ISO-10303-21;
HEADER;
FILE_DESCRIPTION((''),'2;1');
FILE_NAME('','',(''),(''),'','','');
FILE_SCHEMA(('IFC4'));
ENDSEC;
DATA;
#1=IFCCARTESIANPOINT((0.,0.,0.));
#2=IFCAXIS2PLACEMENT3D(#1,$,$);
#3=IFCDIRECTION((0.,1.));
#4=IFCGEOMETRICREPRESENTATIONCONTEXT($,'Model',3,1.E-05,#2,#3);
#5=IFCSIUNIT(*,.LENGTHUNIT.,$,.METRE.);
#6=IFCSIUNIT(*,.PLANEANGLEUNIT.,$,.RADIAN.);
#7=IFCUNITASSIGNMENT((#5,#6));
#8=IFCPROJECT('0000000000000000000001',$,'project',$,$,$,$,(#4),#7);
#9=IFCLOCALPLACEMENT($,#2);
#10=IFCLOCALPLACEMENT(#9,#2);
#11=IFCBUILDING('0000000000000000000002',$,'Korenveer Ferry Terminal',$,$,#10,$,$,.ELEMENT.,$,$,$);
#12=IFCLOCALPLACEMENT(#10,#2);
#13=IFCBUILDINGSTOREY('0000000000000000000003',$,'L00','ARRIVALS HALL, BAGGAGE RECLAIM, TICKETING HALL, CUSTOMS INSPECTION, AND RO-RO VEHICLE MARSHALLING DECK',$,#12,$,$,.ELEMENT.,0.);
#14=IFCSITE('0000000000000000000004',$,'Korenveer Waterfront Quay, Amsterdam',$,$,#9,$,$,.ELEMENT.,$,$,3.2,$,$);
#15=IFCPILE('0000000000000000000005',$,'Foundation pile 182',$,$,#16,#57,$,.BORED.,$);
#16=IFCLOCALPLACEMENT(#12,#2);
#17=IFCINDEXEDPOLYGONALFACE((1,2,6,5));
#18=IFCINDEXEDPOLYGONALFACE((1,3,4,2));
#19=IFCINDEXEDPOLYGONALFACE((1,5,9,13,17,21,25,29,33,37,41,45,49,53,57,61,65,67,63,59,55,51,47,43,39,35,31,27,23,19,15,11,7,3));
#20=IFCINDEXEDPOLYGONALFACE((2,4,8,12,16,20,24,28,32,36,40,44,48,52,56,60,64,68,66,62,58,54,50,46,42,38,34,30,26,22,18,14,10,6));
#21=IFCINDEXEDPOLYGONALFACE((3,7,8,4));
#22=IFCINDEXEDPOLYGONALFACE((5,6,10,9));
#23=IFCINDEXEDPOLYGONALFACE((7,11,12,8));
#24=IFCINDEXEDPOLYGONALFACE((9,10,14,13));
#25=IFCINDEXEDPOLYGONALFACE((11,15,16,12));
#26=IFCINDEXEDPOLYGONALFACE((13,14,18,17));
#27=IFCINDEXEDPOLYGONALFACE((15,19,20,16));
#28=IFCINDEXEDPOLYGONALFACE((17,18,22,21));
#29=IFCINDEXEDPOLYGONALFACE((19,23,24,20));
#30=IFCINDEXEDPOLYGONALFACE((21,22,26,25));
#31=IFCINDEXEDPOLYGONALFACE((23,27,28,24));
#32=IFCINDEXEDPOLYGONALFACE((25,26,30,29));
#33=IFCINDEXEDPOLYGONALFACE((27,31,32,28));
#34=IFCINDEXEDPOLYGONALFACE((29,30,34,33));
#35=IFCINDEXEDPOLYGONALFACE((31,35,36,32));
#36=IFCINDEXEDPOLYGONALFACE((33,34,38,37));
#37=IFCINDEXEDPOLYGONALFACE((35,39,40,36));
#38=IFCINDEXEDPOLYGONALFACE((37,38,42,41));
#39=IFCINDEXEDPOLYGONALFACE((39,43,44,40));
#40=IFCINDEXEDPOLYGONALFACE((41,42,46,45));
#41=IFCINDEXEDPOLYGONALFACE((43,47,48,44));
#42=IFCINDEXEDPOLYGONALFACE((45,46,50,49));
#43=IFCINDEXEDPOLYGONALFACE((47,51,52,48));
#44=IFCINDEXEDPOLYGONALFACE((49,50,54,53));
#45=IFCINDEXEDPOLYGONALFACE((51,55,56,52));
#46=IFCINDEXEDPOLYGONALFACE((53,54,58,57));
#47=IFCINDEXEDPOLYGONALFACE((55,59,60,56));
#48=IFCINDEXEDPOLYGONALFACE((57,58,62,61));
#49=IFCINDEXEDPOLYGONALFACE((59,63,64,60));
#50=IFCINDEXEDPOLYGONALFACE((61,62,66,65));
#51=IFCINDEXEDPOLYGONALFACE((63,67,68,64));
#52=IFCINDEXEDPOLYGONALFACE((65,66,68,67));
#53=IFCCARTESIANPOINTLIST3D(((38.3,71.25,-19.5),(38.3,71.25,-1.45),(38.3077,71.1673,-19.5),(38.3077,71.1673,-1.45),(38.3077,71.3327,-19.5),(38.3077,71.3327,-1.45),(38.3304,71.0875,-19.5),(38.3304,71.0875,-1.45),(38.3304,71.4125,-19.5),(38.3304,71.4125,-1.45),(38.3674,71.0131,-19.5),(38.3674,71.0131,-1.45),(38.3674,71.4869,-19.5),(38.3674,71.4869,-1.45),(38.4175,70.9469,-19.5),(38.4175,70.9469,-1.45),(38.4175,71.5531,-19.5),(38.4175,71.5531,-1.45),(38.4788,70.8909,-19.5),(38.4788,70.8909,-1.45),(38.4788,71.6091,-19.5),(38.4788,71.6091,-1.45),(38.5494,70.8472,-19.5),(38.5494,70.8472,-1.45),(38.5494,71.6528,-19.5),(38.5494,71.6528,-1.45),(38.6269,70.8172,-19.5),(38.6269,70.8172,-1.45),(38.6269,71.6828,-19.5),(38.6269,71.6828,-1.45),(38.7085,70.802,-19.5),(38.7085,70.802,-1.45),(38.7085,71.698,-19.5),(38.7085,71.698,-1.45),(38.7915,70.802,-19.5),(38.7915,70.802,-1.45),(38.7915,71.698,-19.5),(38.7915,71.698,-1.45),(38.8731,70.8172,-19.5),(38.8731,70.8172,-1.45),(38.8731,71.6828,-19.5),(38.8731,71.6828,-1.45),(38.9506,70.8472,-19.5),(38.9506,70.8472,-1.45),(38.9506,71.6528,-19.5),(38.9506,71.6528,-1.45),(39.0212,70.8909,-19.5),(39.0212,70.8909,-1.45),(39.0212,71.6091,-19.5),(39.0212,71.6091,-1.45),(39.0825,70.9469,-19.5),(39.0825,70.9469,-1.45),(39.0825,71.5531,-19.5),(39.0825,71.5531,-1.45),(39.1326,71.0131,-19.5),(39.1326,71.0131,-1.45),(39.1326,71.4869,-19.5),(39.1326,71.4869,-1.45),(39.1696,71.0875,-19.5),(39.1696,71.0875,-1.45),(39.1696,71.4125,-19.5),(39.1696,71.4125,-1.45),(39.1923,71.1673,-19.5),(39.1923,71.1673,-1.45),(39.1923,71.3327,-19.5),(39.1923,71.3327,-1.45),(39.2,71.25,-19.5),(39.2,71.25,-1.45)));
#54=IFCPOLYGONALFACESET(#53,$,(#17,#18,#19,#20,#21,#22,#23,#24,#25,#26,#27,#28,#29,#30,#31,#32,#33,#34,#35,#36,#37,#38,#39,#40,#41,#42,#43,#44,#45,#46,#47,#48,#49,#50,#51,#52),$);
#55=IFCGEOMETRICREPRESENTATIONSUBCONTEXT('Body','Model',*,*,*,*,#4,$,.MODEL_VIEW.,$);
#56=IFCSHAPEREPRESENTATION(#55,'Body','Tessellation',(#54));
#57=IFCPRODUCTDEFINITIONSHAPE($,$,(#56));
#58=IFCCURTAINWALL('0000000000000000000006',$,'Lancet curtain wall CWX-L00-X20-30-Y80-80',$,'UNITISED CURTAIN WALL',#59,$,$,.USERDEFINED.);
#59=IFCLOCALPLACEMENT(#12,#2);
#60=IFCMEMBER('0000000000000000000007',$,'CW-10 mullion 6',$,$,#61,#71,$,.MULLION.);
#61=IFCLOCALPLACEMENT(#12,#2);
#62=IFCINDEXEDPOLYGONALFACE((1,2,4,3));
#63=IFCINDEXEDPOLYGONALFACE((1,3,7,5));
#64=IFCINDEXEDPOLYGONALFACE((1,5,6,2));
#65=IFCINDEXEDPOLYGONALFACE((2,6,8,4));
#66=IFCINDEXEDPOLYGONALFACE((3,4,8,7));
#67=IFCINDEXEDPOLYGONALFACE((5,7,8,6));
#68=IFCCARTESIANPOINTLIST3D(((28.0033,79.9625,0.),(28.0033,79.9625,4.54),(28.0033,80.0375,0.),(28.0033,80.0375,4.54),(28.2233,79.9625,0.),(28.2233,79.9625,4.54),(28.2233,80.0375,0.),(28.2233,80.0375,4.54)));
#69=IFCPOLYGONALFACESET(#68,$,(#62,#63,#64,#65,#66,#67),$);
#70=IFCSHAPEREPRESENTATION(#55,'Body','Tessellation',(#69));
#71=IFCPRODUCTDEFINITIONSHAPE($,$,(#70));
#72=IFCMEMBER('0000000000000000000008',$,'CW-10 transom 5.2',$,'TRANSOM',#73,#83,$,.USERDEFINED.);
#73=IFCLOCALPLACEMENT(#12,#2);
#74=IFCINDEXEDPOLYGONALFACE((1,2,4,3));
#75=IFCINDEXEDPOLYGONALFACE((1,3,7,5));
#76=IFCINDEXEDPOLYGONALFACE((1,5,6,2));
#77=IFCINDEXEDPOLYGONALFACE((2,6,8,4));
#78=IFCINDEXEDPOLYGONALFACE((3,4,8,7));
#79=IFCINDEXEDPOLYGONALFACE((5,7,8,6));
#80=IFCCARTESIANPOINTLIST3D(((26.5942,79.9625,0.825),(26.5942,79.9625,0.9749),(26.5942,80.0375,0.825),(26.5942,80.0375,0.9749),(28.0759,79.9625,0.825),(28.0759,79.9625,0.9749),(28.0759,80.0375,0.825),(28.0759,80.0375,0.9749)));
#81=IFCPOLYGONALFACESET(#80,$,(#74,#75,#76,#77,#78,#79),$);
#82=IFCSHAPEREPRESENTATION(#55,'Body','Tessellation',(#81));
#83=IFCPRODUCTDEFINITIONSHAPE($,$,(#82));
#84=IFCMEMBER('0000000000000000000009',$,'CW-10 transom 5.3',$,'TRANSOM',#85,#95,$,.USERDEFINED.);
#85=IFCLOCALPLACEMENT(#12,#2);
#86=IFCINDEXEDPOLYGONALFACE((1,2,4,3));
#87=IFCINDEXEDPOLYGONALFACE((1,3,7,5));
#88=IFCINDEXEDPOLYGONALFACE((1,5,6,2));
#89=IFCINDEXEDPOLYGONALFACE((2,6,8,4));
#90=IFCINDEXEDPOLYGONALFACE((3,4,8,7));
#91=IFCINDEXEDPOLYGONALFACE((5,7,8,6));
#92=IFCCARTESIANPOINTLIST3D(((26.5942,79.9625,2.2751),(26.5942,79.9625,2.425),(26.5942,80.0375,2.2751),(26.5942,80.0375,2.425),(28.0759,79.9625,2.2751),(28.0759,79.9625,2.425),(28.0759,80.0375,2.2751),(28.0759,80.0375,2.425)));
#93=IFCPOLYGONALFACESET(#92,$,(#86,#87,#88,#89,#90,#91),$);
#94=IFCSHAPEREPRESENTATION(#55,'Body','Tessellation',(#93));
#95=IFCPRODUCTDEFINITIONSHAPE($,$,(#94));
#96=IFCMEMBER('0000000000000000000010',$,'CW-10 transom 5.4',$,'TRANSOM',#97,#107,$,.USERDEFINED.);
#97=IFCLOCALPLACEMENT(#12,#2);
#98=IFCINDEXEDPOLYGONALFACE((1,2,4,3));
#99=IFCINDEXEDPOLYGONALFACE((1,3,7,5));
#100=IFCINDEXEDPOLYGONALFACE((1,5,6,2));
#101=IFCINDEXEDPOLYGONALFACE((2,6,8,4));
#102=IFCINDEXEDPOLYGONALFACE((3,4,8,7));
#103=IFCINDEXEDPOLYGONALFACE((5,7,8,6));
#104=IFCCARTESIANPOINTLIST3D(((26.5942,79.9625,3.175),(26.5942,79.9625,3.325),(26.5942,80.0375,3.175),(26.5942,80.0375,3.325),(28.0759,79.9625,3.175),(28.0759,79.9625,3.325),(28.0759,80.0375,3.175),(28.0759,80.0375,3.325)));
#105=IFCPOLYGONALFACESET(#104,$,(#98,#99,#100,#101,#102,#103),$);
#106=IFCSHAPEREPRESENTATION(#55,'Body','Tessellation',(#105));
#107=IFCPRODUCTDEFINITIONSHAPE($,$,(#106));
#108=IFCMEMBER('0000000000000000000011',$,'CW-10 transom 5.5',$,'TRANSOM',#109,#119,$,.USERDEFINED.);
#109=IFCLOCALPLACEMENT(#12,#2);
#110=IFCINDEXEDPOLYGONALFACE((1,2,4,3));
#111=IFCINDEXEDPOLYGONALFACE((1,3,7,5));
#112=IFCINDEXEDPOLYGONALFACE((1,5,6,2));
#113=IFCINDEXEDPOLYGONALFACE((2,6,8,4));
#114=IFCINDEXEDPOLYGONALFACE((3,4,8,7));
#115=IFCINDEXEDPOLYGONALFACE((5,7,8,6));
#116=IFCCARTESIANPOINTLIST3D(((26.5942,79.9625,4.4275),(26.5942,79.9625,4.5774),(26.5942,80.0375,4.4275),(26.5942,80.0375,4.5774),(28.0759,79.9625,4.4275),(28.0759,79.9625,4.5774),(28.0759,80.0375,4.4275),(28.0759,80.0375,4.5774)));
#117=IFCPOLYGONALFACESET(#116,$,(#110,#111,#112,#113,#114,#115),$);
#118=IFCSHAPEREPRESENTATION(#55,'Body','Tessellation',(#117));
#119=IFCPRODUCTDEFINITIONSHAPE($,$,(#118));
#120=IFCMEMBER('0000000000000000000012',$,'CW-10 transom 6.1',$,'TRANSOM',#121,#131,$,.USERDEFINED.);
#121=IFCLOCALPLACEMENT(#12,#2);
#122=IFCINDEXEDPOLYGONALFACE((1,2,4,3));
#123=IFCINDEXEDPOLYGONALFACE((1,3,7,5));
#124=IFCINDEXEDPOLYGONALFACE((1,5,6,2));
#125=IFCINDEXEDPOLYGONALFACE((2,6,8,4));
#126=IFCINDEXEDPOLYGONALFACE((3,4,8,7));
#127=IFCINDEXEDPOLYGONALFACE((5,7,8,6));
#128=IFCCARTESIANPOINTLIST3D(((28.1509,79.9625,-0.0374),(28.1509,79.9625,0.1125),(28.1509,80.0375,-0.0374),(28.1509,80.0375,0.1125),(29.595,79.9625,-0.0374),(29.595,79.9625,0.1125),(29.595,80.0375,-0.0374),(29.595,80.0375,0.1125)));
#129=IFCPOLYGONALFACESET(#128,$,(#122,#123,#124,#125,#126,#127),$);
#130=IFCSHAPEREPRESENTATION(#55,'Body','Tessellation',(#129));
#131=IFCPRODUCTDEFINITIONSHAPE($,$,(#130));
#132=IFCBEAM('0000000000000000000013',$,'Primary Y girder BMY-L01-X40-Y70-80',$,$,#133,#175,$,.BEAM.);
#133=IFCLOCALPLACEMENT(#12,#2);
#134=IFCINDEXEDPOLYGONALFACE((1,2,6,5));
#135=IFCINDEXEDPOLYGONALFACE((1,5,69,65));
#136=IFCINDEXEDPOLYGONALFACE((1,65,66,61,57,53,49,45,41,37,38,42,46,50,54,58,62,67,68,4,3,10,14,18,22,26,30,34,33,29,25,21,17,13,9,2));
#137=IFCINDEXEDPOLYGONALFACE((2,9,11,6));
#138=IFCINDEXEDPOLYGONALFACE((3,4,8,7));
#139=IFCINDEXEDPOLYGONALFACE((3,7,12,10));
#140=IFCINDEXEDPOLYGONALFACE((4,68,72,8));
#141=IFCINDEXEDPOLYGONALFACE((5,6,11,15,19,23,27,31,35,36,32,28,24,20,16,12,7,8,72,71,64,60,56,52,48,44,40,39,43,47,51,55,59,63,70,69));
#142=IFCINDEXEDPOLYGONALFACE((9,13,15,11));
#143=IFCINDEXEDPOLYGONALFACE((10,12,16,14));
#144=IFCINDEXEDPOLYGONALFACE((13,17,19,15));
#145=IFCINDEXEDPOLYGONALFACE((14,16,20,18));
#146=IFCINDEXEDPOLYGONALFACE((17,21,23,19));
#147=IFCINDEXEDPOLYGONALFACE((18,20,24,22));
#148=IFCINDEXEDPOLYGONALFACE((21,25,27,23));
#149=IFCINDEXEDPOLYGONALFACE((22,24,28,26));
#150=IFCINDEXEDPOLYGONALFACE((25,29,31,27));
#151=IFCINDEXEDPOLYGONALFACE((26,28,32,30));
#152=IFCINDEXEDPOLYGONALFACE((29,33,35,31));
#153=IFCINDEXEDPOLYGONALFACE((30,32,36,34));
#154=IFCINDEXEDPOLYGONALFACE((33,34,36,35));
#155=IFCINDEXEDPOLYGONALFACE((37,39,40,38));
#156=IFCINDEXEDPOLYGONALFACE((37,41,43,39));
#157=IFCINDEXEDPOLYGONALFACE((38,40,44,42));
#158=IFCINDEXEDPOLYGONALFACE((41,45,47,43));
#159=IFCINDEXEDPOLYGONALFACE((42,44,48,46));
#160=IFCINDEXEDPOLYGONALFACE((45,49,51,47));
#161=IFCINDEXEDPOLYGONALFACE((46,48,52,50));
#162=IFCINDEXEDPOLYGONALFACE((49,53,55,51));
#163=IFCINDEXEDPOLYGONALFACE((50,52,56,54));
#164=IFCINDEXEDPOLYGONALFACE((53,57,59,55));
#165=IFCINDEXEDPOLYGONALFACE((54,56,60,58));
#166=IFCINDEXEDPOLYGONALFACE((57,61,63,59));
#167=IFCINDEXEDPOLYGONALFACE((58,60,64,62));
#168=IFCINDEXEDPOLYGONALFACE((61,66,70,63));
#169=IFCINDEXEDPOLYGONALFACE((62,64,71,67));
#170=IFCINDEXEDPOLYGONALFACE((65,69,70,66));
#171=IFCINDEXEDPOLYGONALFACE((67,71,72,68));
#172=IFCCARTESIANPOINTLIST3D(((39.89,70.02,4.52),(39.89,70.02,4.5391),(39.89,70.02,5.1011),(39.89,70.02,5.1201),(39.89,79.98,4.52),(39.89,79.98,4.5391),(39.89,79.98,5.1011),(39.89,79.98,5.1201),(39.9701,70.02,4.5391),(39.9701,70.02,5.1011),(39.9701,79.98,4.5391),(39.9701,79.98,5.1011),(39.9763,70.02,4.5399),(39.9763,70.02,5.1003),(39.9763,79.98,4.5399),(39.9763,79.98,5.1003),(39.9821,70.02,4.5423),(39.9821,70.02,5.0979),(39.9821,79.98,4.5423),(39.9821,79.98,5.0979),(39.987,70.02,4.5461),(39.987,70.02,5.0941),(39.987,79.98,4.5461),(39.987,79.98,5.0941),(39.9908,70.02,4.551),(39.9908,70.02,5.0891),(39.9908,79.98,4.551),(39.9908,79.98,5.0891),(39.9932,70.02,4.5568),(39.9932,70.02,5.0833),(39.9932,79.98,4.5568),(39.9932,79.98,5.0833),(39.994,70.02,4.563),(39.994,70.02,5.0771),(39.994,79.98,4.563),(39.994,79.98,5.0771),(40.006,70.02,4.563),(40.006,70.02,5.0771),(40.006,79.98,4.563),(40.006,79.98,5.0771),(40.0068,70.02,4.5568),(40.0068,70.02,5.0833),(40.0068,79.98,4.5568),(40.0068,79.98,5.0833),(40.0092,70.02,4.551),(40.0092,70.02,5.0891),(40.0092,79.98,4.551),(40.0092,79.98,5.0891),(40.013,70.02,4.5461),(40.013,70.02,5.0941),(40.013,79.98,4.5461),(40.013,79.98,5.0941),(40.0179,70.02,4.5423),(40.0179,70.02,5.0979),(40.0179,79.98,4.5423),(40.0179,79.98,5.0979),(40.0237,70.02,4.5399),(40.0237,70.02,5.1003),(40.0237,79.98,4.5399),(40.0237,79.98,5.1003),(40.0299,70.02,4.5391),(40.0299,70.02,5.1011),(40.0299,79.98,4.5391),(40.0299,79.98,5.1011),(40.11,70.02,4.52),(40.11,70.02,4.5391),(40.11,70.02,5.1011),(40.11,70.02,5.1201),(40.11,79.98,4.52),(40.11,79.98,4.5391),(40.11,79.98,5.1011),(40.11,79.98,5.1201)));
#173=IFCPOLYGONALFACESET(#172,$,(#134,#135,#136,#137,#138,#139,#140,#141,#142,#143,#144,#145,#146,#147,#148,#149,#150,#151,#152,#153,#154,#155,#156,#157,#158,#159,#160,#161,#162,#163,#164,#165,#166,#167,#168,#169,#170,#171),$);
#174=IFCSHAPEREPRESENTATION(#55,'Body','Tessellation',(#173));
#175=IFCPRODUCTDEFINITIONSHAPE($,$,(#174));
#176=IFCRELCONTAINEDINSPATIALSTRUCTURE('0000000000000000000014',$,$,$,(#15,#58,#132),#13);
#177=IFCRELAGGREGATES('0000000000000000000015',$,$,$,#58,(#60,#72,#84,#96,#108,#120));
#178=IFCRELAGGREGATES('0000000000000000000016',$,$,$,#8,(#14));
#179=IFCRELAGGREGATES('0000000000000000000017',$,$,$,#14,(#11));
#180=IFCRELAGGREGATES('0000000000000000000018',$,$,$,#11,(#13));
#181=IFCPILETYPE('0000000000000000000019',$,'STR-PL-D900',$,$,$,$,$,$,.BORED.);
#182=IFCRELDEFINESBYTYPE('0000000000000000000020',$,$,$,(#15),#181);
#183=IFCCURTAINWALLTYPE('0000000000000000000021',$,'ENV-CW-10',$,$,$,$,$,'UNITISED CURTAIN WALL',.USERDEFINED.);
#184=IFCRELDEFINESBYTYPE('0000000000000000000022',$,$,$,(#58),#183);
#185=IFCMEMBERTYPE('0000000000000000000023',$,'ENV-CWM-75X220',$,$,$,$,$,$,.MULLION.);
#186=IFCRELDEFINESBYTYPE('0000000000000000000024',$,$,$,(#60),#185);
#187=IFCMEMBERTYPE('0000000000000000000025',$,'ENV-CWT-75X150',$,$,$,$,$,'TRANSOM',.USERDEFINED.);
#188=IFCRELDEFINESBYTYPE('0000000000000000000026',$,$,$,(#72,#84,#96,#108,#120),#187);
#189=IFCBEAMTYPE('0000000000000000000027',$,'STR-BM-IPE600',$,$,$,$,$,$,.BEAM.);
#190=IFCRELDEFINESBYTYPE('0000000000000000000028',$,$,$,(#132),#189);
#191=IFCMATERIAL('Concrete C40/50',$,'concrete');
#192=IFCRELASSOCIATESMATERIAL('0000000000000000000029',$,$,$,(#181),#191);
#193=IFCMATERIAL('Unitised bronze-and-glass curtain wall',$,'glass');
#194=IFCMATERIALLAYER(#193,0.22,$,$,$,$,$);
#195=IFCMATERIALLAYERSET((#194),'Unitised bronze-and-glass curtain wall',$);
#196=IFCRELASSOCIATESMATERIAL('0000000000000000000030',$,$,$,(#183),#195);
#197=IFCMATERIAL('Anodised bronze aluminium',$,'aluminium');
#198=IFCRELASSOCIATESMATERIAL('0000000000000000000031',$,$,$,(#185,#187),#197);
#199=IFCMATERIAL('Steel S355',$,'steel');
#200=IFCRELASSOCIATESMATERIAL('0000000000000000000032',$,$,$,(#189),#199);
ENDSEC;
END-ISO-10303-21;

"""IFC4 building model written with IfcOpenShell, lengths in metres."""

from ifc_helpers import new_model, si_unit, direction, frame, origin, origin_2d, place, context, subcontext, project, spatial, rectangle, circle, i_section, extrude, material, layer, layer_set, material_profile, profile_set, type_object, element, aggregate, save


model = new_model("IFC4")

# Units and contexts
model_context = context("Model", 3, precision=1e-05, world=origin(), true_north=direction((0.0, 1.0)))
body_context = subcontext(model_context, "Body", "Model", "MODEL_VIEW")
ifc_project = project(units=[si_unit("LENGTHUNIT", "METRE"), si_unit("PLANEANGLEUNIT", "RADIAN")], contexts=[model_context])

# Site, building, storey
site_placement = place(None, origin())
site = spatial("IfcSite", under=ifc_project, at=site_placement, Name="Korenveer Waterfront Quay, Amsterdam", CompositionType="ELEMENT", RefElevation=3.2)
building_placement = place(site_placement, origin())
building = spatial("IfcBuilding", under=site, at=building_placement, Name="Korenveer Ferry Terminal", CompositionType="ELEMENT")
storey_placement = place(building_placement, origin())
storey = spatial("IfcBuildingStorey", under=building, at=storey_placement, Name="L00", Description="ARRIVALS HALL, BAGGAGE RECLAIM, TICKETING HALL, CUSTOMS INSPECTION, AND RO-RO VEHICLE MARSHALLING DECK", CompositionType="ELEMENT", Elevation=0.0)

# Shared definitions
ifc_material_1 = material(Name="Concrete C40/50", Category="concrete")

# Pile
ifc_material_profile_1 = material_profile(ifc_material_1, circle(Radius=0.45, at=origin_2d()), Name="PILE D900")
ifc_profile_set_1 = profile_set([ifc_material_profile_1], Name="Concrete C40/50")
pile_type = type_object("IfcPileType", Name="STR-PL-D900", PredefinedType="BORED", material=ifc_profile_set_1)
for number, where, z_axis, x_axis, name in (
    (1, (38.75, 71.25, -1.45), (0.0, 0.0, -1.0), (1.0, 0.0, 0.0), "Foundation pile 182"),
):
    element("IfcPile", number, at=place(storey_placement, frame(where, z_axis=z_axis, x_axis=x_axis)), inside=storey, type_object=pile_type, Name=name, PredefinedType="BORED", context=body_context, shape_type="SweptSolid", body=[
        extrude(circle(Radius=0.45, at=origin_2d()), origin(), (0.0, 0.0, 1.0), 18.05),
    ])

# Curtain wall, members
ifc_material_2 = material(Name="Unitised bronze-and-glass curtain wall", Category="glass")
ifc_layer_1 = layer(ifc_material_2, 0.22)
ifc_layer_set_1 = layer_set([ifc_layer_1], Name="Unitised bronze-and-glass curtain wall")
curtain_wall_type = type_object("IfcCurtainWallType", Name="ENV-CW-10", ElementType="UNITISED CURTAIN WALL", PredefinedType="USERDEFINED", material=ifc_layer_set_1)
curtain_wall_placement = place(storey_placement, frame((20.3301, 80.0, 0.0)))
curtain_wall = element("IfcCurtainWall", 2, at=curtain_wall_placement, inside=storey, type_object=curtain_wall_type, Name="Lancet curtain wall CWX-L00-X20-30-Y80-80", ObjectType="UNITISED CURTAIN WALL", PredefinedType="USERDEFINED")
ifc_material_3 = material(Name="Anodised bronze aluminium", Category="aluminium")
ifc_material_profile_2 = material_profile(ifc_material_3, rectangle(XDim=0.075, YDim=0.22, at=origin_2d()), Name="ALU 75x220")
ifc_profile_set_2 = profile_set([ifc_material_profile_2], Name="Anodised bronze aluminium")
member_type_1 = type_object("IfcMemberType", Name="ENV-CWM-75X220", PredefinedType="MULLION", material=ifc_profile_set_2)
member_1_placement = place(storey_placement, frame((28.1133, 80.0, 0.0), z_axis=(0.0, 0.0, 1.0), x_axis=(0.0, 1.0, 0.0)))
member_1 = element("IfcMember", 3, at=member_1_placement, type_object=member_type_1, Name="CW-10 mullion 6", PredefinedType="MULLION", context=body_context, shape_type="SweptSolid", body=[
    extrude(rectangle(XDim=0.075, YDim=0.22, at=origin_2d()), origin(), (0.0, 0.0, 1.0), 4.54),
])
ifc_material_profile_3 = material_profile(ifc_material_3, rectangle(XDim=0.075, YDim=0.1499, at=origin_2d()), Name="ALU 75x150")
ifc_profile_set_3 = profile_set([ifc_material_profile_3], Name="Anodised bronze aluminium")
member_type_2 = type_object("IfcMemberType", Name="ENV-CWT-75X150", ElementType="TRANSOM", PredefinedType="USERDEFINED", material=ifc_profile_set_3)
member_2_placement = place(storey_placement, frame((26.5942, 80.0, 0.8999), z_axis=(1.0, 0.0, 0.0), x_axis=(0.0, 1.0, 0.0)))
member_2 = element("IfcMember", 4, at=member_2_placement, type_object=member_type_2, Name="CW-10 transom 5.2", ObjectType="TRANSOM", PredefinedType="USERDEFINED", context=body_context, shape_type="SweptSolid", body=[
    extrude(rectangle(XDim=0.075, YDim=0.1499, at=origin_2d()), origin(), (0.0, 0.0, 1.0), 1.4817),
])
member_3_placement = place(storey_placement, frame((26.5942, 80.0, 2.3501), z_axis=(1.0, 0.0, 0.0), x_axis=(0.0, 1.0, 0.0)))
member_3 = element("IfcMember", 5, at=member_3_placement, type_object=member_type_2, Name="CW-10 transom 5.3", ObjectType="TRANSOM", PredefinedType="USERDEFINED", context=body_context, shape_type="SweptSolid", body=[
    extrude(rectangle(XDim=0.075, YDim=0.1499, at=origin_2d()), origin(), (0.0, 0.0, 1.0), 1.4817),
])
member_4_placement = place(storey_placement, frame((26.5942, 80.0, 3.25), z_axis=(1.0, 0.0, 0.0), x_axis=(0.0, 1.0, 0.0)))
member_4 = element("IfcMember", 6, at=member_4_placement, type_object=member_type_2, Name="CW-10 transom 5.4", ObjectType="TRANSOM", PredefinedType="USERDEFINED", context=body_context, shape_type="SweptSolid", body=[
    extrude(rectangle(XDim=0.075, YDim=0.1499, at=origin_2d()), origin(), (0.0, 0.0, 1.0), 1.4817),
])
member_5_placement = place(storey_placement, frame((26.5942, 80.0, 4.5024), z_axis=(1.0, 0.0, 0.0), x_axis=(0.0, 1.0, 0.0)))
member_5 = element("IfcMember", 7, at=member_5_placement, type_object=member_type_2, Name="CW-10 transom 5.5", ObjectType="TRANSOM", PredefinedType="USERDEFINED", context=body_context, shape_type="SweptSolid", body=[
    extrude(rectangle(XDim=0.075, YDim=0.1499, at=origin_2d()), origin(), (0.0, 0.0, 1.0), 1.4817),
])
member_6_placement = place(storey_placement, frame((28.1509, 80.0, 0.0376), z_axis=(1.0, 0.0, 0.0), x_axis=(0.0, 1.0, 0.0)))
member_6 = element("IfcMember", 8, at=member_6_placement, type_object=member_type_2, Name="CW-10 transom 6.1", ObjectType="TRANSOM", PredefinedType="USERDEFINED", context=body_context, shape_type="SweptSolid", body=[
    extrude(rectangle(XDim=0.075, YDim=0.1499, at=origin_2d()), origin(), (0.0, 0.0, 1.0), 1.4441),
])

# Beam
ifc_material_4 = material(Name="Steel S355", Category="steel")
ifc_material_profile_4 = material_profile(ifc_material_4, i_section(OverallWidth=0.22, OverallDepth=0.6001, WebThickness=0.012, FlangeThickness=0.019, FilletRadius=0.0239, at=origin_2d()), Name="IPE 600")
ifc_profile_set_4 = profile_set([ifc_material_profile_4], Name="Steel S355")
beam_type_1 = type_object("IfcBeamType", Name="STR-BM-IPE600", PredefinedType="BEAM", material=ifc_profile_set_4)
beam_placement = place(storey_placement, frame((40.0, 70.02, 4.8201), z_axis=(0.0, 1.0, 0.0), x_axis=(-1.0, 0.0, 0.0)))
element("IfcBeam", 9, at=beam_placement, inside=storey, type_object=beam_type_1, Name="Primary Y girder BMY-L01-X40-Y70-80", PredefinedType="BEAM", context=body_context, shape_type="SweptSolid", body=[
    extrude(i_section(OverallWidth=0.22, OverallDepth=0.6001, WebThickness=0.012, FlangeThickness=0.019, FilletRadius=0.0239, at=origin_2d()), origin(), (0.0, 0.0, 1.0), 9.96),
])

aggregate(curtain_wall, [member_1, member_2, member_3, member_4, member_5, member_6])

save(model, "model.ifc")
